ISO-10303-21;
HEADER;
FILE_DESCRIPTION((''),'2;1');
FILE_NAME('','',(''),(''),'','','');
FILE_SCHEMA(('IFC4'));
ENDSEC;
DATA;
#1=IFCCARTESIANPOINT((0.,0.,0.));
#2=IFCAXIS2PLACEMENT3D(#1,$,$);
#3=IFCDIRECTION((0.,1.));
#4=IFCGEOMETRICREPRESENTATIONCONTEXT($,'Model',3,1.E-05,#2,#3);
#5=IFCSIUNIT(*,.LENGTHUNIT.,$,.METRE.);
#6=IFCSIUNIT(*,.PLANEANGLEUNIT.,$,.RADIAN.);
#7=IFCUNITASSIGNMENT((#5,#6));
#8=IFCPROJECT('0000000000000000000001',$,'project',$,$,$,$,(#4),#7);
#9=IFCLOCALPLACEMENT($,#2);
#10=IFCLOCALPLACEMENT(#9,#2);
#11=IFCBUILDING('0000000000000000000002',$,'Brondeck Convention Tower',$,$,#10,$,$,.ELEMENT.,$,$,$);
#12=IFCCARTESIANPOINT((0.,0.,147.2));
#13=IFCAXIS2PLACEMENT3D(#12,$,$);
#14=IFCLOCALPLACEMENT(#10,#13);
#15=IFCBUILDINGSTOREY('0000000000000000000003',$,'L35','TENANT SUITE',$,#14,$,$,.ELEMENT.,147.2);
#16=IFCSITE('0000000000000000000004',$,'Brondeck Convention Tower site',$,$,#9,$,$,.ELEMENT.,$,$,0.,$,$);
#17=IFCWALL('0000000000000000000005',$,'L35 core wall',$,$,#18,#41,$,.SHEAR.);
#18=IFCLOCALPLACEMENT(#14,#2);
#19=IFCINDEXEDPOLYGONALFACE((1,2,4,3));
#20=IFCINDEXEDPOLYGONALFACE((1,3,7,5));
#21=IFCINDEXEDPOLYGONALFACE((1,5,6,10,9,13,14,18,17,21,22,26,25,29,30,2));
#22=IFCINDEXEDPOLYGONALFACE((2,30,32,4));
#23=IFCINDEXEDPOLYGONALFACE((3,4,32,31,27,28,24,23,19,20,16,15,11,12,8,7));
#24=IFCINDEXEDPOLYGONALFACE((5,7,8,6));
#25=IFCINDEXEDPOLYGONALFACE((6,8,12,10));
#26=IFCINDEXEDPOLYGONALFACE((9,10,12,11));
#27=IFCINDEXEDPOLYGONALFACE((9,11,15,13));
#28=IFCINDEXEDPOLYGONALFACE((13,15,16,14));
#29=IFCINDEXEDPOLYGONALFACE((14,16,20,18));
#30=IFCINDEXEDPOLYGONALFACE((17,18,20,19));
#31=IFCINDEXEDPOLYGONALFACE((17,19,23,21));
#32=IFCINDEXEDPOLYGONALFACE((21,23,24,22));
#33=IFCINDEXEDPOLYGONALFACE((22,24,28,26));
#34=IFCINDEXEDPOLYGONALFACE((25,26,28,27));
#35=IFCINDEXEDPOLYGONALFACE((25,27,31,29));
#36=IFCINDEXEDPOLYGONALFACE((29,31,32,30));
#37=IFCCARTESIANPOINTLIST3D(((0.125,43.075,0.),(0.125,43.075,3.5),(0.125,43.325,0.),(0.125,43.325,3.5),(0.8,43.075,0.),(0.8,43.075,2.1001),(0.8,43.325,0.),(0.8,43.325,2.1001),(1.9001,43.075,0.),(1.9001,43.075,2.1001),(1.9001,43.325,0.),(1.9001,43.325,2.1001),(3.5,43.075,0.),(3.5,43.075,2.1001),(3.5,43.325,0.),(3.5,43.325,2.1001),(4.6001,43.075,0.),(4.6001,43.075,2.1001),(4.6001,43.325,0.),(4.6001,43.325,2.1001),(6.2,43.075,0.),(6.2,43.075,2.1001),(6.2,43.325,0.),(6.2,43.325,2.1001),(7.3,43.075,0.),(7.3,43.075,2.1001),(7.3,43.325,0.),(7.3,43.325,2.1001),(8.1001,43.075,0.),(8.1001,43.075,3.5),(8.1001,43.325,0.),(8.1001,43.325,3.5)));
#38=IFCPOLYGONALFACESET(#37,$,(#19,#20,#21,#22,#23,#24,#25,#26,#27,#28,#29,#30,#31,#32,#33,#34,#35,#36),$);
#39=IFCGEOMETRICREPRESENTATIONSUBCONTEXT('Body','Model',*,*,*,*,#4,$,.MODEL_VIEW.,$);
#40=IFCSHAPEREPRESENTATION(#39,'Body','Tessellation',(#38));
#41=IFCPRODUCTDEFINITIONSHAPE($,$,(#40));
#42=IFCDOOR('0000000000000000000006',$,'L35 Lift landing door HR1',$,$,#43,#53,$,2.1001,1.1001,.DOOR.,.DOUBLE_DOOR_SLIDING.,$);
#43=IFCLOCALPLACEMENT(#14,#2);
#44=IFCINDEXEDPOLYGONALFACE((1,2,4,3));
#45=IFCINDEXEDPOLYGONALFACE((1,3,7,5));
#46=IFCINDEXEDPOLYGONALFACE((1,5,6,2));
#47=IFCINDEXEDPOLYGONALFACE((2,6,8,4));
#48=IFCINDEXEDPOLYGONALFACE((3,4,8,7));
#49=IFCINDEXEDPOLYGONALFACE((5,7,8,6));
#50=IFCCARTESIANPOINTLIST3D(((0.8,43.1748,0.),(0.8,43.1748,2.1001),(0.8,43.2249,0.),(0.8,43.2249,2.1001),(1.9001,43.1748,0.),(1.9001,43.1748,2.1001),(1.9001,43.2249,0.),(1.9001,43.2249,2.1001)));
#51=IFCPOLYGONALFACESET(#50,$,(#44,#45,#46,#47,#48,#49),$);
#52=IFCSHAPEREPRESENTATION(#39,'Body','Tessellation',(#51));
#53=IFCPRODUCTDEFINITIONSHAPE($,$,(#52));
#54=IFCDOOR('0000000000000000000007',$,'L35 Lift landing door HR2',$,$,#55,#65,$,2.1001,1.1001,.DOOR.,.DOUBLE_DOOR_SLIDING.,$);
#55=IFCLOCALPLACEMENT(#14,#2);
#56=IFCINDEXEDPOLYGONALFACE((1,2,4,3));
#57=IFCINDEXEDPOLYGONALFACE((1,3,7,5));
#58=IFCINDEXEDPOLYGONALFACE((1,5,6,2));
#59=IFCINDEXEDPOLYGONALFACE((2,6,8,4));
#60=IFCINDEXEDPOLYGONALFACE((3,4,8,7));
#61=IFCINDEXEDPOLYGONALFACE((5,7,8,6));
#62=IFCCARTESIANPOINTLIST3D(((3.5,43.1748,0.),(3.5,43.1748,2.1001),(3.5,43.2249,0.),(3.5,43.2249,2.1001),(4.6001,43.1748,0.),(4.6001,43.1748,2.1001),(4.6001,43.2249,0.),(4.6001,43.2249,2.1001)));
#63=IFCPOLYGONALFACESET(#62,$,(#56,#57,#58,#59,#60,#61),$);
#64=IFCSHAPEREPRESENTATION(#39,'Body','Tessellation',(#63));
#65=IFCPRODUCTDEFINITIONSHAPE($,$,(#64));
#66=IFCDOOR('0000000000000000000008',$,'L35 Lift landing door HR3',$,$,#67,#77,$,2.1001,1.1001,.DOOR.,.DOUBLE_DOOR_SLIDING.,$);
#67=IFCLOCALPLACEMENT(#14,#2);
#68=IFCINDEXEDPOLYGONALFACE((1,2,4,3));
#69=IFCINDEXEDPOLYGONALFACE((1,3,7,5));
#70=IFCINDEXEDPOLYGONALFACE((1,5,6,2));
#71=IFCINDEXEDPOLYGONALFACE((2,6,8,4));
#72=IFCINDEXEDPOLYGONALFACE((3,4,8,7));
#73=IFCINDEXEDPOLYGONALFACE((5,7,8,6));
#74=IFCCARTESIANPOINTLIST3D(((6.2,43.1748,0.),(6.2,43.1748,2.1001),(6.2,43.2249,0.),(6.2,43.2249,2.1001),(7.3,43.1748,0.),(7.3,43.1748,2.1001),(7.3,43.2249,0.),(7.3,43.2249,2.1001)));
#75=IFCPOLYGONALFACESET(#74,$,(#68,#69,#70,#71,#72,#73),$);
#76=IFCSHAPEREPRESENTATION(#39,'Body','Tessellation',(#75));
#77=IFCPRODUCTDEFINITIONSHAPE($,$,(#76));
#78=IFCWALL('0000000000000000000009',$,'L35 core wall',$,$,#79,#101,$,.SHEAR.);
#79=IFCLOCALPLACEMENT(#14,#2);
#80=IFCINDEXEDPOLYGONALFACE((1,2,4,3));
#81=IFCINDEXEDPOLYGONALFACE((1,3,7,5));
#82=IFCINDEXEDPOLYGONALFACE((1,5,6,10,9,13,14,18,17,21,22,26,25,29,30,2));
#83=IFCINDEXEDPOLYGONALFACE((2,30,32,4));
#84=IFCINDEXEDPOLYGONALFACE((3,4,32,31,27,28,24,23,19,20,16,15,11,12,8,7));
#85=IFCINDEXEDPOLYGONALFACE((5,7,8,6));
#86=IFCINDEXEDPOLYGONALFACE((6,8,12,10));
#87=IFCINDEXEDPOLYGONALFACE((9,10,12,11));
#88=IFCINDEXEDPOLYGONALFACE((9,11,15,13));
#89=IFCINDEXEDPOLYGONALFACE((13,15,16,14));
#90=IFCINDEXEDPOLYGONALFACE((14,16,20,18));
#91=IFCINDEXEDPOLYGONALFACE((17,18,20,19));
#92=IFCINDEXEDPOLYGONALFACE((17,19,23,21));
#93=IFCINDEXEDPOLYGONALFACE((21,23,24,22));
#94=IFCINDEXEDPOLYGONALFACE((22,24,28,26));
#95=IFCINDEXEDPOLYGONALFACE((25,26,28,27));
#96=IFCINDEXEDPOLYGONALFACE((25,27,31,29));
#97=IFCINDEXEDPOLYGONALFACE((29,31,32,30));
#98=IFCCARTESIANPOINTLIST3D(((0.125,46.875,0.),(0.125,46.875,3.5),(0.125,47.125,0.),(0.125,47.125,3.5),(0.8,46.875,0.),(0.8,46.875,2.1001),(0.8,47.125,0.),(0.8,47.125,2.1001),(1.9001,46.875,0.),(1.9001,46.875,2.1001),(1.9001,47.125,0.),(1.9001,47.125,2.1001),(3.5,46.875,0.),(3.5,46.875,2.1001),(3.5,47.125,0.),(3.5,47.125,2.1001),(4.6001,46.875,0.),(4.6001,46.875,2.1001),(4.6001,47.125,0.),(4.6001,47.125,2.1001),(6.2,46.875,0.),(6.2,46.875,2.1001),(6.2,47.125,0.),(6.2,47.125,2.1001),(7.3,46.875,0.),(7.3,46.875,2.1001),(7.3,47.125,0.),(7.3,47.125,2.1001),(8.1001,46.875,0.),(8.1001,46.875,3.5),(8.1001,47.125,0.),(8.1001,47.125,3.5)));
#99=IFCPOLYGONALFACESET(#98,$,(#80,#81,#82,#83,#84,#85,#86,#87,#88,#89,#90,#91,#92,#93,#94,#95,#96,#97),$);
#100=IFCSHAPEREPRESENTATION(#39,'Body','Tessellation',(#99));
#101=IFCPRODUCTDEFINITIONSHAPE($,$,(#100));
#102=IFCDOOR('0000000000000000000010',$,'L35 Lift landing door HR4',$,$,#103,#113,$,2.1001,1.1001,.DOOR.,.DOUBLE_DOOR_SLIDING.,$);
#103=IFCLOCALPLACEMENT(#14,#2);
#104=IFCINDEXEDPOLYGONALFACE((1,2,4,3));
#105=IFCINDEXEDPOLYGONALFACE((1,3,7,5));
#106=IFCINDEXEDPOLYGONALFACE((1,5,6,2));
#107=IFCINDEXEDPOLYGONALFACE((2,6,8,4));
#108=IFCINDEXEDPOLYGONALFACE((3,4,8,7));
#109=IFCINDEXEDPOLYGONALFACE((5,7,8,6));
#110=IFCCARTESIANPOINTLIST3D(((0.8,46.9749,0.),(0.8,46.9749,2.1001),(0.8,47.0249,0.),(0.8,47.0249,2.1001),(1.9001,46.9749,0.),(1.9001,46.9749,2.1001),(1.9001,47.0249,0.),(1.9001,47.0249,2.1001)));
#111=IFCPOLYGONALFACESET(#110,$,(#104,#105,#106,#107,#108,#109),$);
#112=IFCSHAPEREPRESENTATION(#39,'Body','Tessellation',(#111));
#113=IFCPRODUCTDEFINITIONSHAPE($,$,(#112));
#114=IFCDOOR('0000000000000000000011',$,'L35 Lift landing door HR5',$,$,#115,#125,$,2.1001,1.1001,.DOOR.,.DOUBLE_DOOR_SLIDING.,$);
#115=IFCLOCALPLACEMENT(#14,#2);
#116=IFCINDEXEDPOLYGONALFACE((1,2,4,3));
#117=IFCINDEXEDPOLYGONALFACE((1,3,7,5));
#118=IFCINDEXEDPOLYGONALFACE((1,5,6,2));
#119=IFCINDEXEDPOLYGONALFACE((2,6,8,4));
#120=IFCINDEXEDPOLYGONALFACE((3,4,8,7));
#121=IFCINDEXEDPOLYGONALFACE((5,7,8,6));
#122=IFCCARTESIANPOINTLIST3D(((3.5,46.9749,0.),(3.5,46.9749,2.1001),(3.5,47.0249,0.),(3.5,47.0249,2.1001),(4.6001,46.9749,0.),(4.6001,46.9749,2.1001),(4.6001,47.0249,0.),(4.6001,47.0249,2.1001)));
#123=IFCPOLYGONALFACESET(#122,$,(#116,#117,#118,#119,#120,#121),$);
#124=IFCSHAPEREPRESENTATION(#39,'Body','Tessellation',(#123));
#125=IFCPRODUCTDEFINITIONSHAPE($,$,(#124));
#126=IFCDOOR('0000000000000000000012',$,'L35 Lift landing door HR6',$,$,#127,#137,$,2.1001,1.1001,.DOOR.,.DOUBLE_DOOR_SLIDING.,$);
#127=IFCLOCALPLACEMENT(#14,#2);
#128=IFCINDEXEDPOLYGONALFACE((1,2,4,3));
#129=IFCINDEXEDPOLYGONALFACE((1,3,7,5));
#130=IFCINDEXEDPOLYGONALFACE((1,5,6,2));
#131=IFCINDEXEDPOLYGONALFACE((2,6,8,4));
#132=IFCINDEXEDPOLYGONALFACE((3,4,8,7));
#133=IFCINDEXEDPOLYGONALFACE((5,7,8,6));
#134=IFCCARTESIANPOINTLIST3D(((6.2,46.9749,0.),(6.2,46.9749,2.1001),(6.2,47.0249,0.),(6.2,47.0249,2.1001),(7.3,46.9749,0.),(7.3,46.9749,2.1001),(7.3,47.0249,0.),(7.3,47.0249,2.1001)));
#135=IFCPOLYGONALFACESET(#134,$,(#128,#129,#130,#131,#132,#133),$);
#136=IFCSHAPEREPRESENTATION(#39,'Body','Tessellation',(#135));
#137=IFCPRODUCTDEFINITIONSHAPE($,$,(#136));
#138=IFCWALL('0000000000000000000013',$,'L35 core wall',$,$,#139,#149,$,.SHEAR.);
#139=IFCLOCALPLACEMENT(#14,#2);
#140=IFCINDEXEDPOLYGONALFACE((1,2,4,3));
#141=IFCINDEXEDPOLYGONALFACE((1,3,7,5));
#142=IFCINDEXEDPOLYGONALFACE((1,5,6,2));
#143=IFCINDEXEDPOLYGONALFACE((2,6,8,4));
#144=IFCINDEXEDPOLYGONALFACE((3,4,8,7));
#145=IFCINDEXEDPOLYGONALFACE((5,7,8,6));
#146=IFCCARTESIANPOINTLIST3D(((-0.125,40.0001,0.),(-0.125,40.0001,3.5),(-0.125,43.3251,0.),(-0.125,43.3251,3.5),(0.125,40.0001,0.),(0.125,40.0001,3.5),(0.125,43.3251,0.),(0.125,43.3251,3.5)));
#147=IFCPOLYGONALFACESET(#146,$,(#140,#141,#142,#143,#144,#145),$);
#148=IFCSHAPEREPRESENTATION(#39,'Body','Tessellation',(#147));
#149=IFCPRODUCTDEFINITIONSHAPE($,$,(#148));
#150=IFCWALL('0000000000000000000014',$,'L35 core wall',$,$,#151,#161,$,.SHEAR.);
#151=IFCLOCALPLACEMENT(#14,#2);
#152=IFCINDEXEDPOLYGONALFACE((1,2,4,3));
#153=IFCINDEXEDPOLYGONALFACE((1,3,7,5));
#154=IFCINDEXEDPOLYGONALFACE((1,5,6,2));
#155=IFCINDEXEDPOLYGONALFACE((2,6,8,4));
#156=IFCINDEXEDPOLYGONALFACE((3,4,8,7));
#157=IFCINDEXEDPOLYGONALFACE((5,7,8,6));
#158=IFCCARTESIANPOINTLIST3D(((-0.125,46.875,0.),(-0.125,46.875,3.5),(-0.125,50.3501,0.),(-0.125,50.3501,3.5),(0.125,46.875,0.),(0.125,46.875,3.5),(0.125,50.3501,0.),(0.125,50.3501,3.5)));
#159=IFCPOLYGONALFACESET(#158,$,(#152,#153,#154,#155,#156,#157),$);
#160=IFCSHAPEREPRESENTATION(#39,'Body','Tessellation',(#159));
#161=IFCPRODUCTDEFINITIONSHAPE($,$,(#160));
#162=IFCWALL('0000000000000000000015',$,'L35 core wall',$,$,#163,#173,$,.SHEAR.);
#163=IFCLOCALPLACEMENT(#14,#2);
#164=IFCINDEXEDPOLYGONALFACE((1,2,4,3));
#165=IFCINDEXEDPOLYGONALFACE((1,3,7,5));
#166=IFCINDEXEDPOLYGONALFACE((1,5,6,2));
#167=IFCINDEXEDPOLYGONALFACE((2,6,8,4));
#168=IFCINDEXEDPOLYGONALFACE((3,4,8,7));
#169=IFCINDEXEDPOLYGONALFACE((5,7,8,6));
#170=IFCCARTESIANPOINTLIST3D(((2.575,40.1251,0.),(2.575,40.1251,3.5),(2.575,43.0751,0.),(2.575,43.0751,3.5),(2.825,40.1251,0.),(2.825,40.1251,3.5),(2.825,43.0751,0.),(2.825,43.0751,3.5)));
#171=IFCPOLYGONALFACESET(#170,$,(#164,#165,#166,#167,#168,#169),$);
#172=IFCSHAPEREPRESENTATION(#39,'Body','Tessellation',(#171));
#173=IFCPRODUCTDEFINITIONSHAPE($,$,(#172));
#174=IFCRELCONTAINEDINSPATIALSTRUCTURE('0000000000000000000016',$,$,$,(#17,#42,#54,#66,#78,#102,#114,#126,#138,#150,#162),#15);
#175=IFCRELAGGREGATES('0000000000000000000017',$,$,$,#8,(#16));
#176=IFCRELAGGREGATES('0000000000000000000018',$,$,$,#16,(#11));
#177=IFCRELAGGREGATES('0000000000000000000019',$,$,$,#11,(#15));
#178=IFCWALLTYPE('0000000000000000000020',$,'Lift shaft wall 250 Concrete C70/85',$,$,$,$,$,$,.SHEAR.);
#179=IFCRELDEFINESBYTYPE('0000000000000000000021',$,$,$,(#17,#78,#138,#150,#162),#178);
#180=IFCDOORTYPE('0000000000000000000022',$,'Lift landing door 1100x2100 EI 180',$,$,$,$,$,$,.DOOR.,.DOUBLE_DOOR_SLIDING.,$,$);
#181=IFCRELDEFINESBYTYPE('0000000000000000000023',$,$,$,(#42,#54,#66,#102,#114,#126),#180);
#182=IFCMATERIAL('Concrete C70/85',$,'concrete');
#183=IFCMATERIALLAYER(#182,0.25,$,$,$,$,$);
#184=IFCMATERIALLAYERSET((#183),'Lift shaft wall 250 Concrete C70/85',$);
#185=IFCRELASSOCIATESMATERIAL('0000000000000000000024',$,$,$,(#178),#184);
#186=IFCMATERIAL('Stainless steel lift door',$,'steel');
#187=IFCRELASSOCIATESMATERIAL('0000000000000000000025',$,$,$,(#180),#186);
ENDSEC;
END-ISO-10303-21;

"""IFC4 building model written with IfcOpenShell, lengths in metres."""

from ifc_helpers import new_model, si_unit, direction, frame, frame_2d, origin, place, context, subcontext, project, spatial, rectangle, extrude, material, layer, layer_set, type_object, element, fill, save


model = new_model("IFC4")

# Units and contexts
model_context = context("Model", 3, precision=1e-05, world=origin(), true_north=direction((0.0, 1.0)))
body_context = subcontext(model_context, "Body", "Model", "MODEL_VIEW")
ifc_project = project(units=[si_unit("LENGTHUNIT", "METRE"), si_unit("PLANEANGLEUNIT", "RADIAN")], contexts=[model_context])

# Site, building, storey
site_placement = place(None, origin())
site = spatial("IfcSite", under=ifc_project, at=site_placement, Name="Brondeck Convention Tower site", CompositionType="ELEMENT", RefElevation=0.0)
building_placement = place(site_placement, origin())
building = spatial("IfcBuilding", under=site, at=building_placement, Name="Brondeck Convention Tower", CompositionType="ELEMENT")
storey_placement = place(building_placement, frame((0.0, 0.0, 147.2)))
storey = spatial("IfcBuildingStorey", under=building, at=storey_placement, Name="L35", Description="TENANT SUITE", CompositionType="ELEMENT", Elevation=147.2)

# Shared definitions
ifc_material_1 = material(Name="Concrete C70/85", Category="concrete")

# Shared definitions
ifc_layer_1 = layer(ifc_material_1, 0.25)
ifc_layer_set_1 = layer_set([ifc_layer_1], Name="Lift shaft wall 250 Concrete C70/85")
wall_type_1 = type_object("IfcWallType", Name="Lift shaft wall 250 Concrete C70/85", PredefinedType="SHEAR", material=ifc_layer_set_1)

# Walls, openings, doors
wall_1_placement = place(storey_placement, frame((0.125, 43.2, 0.0), z_axis=(0.0, 0.0, 1.0), x_axis=(1.0, 0.0, 0.0)))
wall_1 = element("IfcWall", 1, at=wall_1_placement, inside=storey, type_object=wall_type_1, Name="L35 core wall", PredefinedType="SHEAR", context=body_context, shape_type="SweptSolid", body=[
    extrude(rectangle(XDim=7.9751, YDim=0.25, at=frame_2d((3.9875, 0.0))), origin(), (0.0, 0.0, 1.0), 3.5),
])
opening_1_placement = place(wall_1_placement, frame((0.675, 0.0, 0.0)))
opening_1 = element("IfcOpeningElement", 2, at=opening_1_placement, cuts=wall_1, PredefinedType="OPENING", context=body_context, shape_type="SweptSolid", body=[
    extrude(rectangle(XDim=1.1001, YDim=2.1001, at=frame_2d((0.55, 1.05))), frame((0.0, 0.135, 0.0), z_axis=(0.0, -1.0, 0.0), x_axis=(1.0, 0.0, 0.0)), (0.0, 0.0, 1.0), 0.27),
])
opening_2_placement = place(wall_1_placement, frame((3.375, 0.0, 0.0)))
opening_2 = element("IfcOpeningElement", 3, at=opening_2_placement, cuts=wall_1, PredefinedType="OPENING", context=body_context, shape_type="SweptSolid", body=[
    extrude(rectangle(XDim=1.1001, YDim=2.1001, at=frame_2d((0.55, 1.05))), frame((0.0, 0.135, 0.0), z_axis=(0.0, -1.0, 0.0), x_axis=(1.0, 0.0, 0.0)), (0.0, 0.0, 1.0), 0.27),
])
opening_3_placement = place(wall_1_placement, frame((6.075, 0.0, 0.0)))
opening_3 = element("IfcOpeningElement", 4, at=opening_3_placement, cuts=wall_1, PredefinedType="OPENING", context=body_context, shape_type="SweptSolid", body=[
    extrude(rectangle(XDim=1.1001, YDim=2.1001, at=frame_2d((0.55, 1.05))), frame((0.0, 0.135, 0.0), z_axis=(0.0, -1.0, 0.0), x_axis=(1.0, 0.0, 0.0)), (0.0, 0.0, 1.0), 0.27),
])
ifc_material_2 = material(Name="Stainless steel lift door", Category="steel")
door_type_1 = type_object("IfcDoorType", Name="Lift landing door 1100x2100 EI 180", OperationType="DOUBLE_DOOR_SLIDING", PredefinedType="DOOR", material=ifc_material_2)
door_1_placement = place(opening_1_placement, origin())
door_1 = element("IfcDoor", 5, at=door_1_placement, inside=storey, type_object=door_type_1, Name="L35 Lift landing door HR1", OperationType="DOUBLE_DOOR_SLIDING", OverallHeight=2.1001, OverallWidth=1.1001, PredefinedType="DOOR", context=body_context, shape_type="SweptSolid", body=[
    extrude(rectangle(XDim=1.1001, YDim=2.1001, at=frame_2d((0.55, 1.05))), frame((0.0, 0.0249, 0.0), z_axis=(0.0, -1.0, 0.0), x_axis=(1.0, 0.0, 0.0)), (0.0, 0.0, 1.0), 0.05),
])
fill(opening_1, door_1)
door_2_placement = place(opening_2_placement, origin())
door_2 = element("IfcDoor", 6, at=door_2_placement, inside=storey, type_object=door_type_1, Name="L35 Lift landing door HR2", OperationType="DOUBLE_DOOR_SLIDING", OverallHeight=2.1001, OverallWidth=1.1001, PredefinedType="DOOR", context=body_context, shape_type="SweptSolid", body=[
    extrude(rectangle(XDim=1.1001, YDim=2.1001, at=frame_2d((0.55, 1.05))), frame((0.0, 0.0249, 0.0), z_axis=(0.0, -1.0, 0.0), x_axis=(1.0, 0.0, 0.0)), (0.0, 0.0, 1.0), 0.05),
])
fill(opening_2, door_2)
door_3_placement = place(opening_3_placement, origin())
door_3 = element("IfcDoor", 7, at=door_3_placement, inside=storey, type_object=door_type_1, Name="L35 Lift landing door HR3", OperationType="DOUBLE_DOOR_SLIDING", OverallHeight=2.1001, OverallWidth=1.1001, PredefinedType="DOOR", context=body_context, shape_type="SweptSolid", body=[
    extrude(rectangle(XDim=1.1001, YDim=2.1001, at=frame_2d((0.55, 1.05))), frame((0.0, 0.0249, 0.0), z_axis=(0.0, -1.0, 0.0), x_axis=(1.0, 0.0, 0.0)), (0.0, 0.0, 1.0), 0.05),
])
fill(opening_3, door_3)
wall_2_placement = place(storey_placement, frame((0.125, 47.0, 0.0), z_axis=(0.0, 0.0, 1.0), x_axis=(1.0, 0.0, 0.0)))
wall_2 = element("IfcWall", 8, at=wall_2_placement, inside=storey, type_object=wall_type_1, Name="L35 core wall", PredefinedType="SHEAR", context=body_context, shape_type="SweptSolid", body=[
    extrude(rectangle(XDim=7.9751, YDim=0.25, at=frame_2d((3.9875, 0.0))), origin(), (0.0, 0.0, 1.0), 3.5),
])
opening_4_placement = place(wall_2_placement, frame((0.675, 0.0, 0.0)))
opening_4 = element("IfcOpeningElement", 9, at=opening_4_placement, cuts=wall_2, PredefinedType="OPENING", context=body_context, shape_type="SweptSolid", body=[
    extrude(rectangle(XDim=1.1001, YDim=2.1001, at=frame_2d((0.55, 1.05))), frame((0.0, 0.135, 0.0), z_axis=(0.0, -1.0, 0.0), x_axis=(1.0, 0.0, 0.0)), (0.0, 0.0, 1.0), 0.27),
])
opening_5_placement = place(wall_2_placement, frame((3.375, 0.0, 0.0)))
opening_5 = element("IfcOpeningElement", 10, at=opening_5_placement, cuts=wall_2, PredefinedType="OPENING", context=body_context, shape_type="SweptSolid", body=[
    extrude(rectangle(XDim=1.1001, YDim=2.1001, at=frame_2d((0.55, 1.05))), frame((0.0, 0.135, 0.0), z_axis=(0.0, -1.0, 0.0), x_axis=(1.0, 0.0, 0.0)), (0.0, 0.0, 1.0), 0.27),
])
opening_6_placement = place(wall_2_placement, frame((6.075, 0.0, 0.0)))
opening_6 = element("IfcOpeningElement", 11, at=opening_6_placement, cuts=wall_2, PredefinedType="OPENING", context=body_context, shape_type="SweptSolid", body=[
    extrude(rectangle(XDim=1.1001, YDim=2.1001, at=frame_2d((0.55, 1.05))), frame((0.0, 0.135, 0.0), z_axis=(0.0, -1.0, 0.0), x_axis=(1.0, 0.0, 0.0)), (0.0, 0.0, 1.0), 0.27),
])
door_4_placement = place(opening_4_placement, origin())
door_4 = element("IfcDoor", 12, at=door_4_placement, inside=storey, type_object=door_type_1, Name="L35 Lift landing door HR4", OperationType="DOUBLE_DOOR_SLIDING", OverallHeight=2.1001, OverallWidth=1.1001, PredefinedType="DOOR", context=body_context, shape_type="SweptSolid", body=[
    extrude(rectangle(XDim=1.1001, YDim=2.1001, at=frame_2d((0.55, 1.05))), frame((0.0, 0.0249, 0.0), z_axis=(0.0, -1.0, 0.0), x_axis=(1.0, 0.0, 0.0)), (0.0, 0.0, 1.0), 0.05),
])
fill(opening_4, door_4)
door_5_placement = place(opening_5_placement, origin())
door_5 = element("IfcDoor", 13, at=door_5_placement, inside=storey, type_object=door_type_1, Name="L35 Lift landing door HR5", OperationType="DOUBLE_DOOR_SLIDING", OverallHeight=2.1001, OverallWidth=1.1001, PredefinedType="DOOR", context=body_context, shape_type="SweptSolid", body=[
    extrude(rectangle(XDim=1.1001, YDim=2.1001, at=frame_2d((0.55, 1.05))), frame((0.0, 0.0249, 0.0), z_axis=(0.0, -1.0, 0.0), x_axis=(1.0, 0.0, 0.0)), (0.0, 0.0, 1.0), 0.05),
])
fill(opening_5, door_5)
door_6_placement = place(opening_6_placement, origin())
door_6 = element("IfcDoor", 14, at=door_6_placement, inside=storey, type_object=door_type_1, Name="L35 Lift landing door HR6", OperationType="DOUBLE_DOOR_SLIDING", OverallHeight=2.1001, OverallWidth=1.1001, PredefinedType="DOOR", context=body_context, shape_type="SweptSolid", body=[
    extrude(rectangle(XDim=1.1001, YDim=2.1001, at=frame_2d((0.55, 1.05))), frame((0.0, 0.0249, 0.0), z_axis=(0.0, -1.0, 0.0), x_axis=(1.0, 0.0, 0.0)), (0.0, 0.0, 1.0), 0.05),
])
fill(opening_6, door_6)

# Walls
wall_3_placement = place(storey_placement, frame((0.0, 40.0, 0.0), z_axis=(0.0, 0.0, 1.0), x_axis=(0.0, 1.0, 0.0)))
element("IfcWall", 15, at=wall_3_placement, inside=storey, type_object=wall_type_1, Name="L35 core wall", PredefinedType="SHEAR", context=body_context, shape_type="SweptSolid", body=[
    extrude(rectangle(XDim=3.325, YDim=0.25, at=frame_2d((1.6626, 0.0))), origin(), (0.0, 0.0, 1.0), 3.5),
])
wall_4_placement = place(storey_placement, frame((0.0, 46.875, 0.0), z_axis=(0.0, 0.0, 1.0), x_axis=(0.0, 1.0, 0.0)))
element("IfcWall", 16, at=wall_4_placement, inside=storey, type_object=wall_type_1, Name="L35 core wall", PredefinedType="SHEAR", context=body_context, shape_type="SweptSolid", body=[
    extrude(rectangle(XDim=3.4751, YDim=0.25, at=frame_2d((1.7375, 0.0))), origin(), (0.0, 0.0, 1.0), 3.5),
])
for number, where, z_axis, x_axis, name in (
    (17, (2.7, 40.125, 0.0), (0.0, 0.0, 1.0), (0.0, 1.0, 0.0), "L35 core wall"),
):
    element("IfcWall", number, at=place(storey_placement, frame(where, z_axis=z_axis, x_axis=x_axis)), inside=storey, type_object=wall_type_1, Name=name, PredefinedType="SHEAR", context=body_context, shape_type="SweptSolid", body=[
        extrude(rectangle(XDim=2.95, YDim=0.25, at=frame_2d((1.4751, 0.0))), origin(), (0.0, 0.0, 1.0), 3.5),
    ])

save(model, "model.ifc")
